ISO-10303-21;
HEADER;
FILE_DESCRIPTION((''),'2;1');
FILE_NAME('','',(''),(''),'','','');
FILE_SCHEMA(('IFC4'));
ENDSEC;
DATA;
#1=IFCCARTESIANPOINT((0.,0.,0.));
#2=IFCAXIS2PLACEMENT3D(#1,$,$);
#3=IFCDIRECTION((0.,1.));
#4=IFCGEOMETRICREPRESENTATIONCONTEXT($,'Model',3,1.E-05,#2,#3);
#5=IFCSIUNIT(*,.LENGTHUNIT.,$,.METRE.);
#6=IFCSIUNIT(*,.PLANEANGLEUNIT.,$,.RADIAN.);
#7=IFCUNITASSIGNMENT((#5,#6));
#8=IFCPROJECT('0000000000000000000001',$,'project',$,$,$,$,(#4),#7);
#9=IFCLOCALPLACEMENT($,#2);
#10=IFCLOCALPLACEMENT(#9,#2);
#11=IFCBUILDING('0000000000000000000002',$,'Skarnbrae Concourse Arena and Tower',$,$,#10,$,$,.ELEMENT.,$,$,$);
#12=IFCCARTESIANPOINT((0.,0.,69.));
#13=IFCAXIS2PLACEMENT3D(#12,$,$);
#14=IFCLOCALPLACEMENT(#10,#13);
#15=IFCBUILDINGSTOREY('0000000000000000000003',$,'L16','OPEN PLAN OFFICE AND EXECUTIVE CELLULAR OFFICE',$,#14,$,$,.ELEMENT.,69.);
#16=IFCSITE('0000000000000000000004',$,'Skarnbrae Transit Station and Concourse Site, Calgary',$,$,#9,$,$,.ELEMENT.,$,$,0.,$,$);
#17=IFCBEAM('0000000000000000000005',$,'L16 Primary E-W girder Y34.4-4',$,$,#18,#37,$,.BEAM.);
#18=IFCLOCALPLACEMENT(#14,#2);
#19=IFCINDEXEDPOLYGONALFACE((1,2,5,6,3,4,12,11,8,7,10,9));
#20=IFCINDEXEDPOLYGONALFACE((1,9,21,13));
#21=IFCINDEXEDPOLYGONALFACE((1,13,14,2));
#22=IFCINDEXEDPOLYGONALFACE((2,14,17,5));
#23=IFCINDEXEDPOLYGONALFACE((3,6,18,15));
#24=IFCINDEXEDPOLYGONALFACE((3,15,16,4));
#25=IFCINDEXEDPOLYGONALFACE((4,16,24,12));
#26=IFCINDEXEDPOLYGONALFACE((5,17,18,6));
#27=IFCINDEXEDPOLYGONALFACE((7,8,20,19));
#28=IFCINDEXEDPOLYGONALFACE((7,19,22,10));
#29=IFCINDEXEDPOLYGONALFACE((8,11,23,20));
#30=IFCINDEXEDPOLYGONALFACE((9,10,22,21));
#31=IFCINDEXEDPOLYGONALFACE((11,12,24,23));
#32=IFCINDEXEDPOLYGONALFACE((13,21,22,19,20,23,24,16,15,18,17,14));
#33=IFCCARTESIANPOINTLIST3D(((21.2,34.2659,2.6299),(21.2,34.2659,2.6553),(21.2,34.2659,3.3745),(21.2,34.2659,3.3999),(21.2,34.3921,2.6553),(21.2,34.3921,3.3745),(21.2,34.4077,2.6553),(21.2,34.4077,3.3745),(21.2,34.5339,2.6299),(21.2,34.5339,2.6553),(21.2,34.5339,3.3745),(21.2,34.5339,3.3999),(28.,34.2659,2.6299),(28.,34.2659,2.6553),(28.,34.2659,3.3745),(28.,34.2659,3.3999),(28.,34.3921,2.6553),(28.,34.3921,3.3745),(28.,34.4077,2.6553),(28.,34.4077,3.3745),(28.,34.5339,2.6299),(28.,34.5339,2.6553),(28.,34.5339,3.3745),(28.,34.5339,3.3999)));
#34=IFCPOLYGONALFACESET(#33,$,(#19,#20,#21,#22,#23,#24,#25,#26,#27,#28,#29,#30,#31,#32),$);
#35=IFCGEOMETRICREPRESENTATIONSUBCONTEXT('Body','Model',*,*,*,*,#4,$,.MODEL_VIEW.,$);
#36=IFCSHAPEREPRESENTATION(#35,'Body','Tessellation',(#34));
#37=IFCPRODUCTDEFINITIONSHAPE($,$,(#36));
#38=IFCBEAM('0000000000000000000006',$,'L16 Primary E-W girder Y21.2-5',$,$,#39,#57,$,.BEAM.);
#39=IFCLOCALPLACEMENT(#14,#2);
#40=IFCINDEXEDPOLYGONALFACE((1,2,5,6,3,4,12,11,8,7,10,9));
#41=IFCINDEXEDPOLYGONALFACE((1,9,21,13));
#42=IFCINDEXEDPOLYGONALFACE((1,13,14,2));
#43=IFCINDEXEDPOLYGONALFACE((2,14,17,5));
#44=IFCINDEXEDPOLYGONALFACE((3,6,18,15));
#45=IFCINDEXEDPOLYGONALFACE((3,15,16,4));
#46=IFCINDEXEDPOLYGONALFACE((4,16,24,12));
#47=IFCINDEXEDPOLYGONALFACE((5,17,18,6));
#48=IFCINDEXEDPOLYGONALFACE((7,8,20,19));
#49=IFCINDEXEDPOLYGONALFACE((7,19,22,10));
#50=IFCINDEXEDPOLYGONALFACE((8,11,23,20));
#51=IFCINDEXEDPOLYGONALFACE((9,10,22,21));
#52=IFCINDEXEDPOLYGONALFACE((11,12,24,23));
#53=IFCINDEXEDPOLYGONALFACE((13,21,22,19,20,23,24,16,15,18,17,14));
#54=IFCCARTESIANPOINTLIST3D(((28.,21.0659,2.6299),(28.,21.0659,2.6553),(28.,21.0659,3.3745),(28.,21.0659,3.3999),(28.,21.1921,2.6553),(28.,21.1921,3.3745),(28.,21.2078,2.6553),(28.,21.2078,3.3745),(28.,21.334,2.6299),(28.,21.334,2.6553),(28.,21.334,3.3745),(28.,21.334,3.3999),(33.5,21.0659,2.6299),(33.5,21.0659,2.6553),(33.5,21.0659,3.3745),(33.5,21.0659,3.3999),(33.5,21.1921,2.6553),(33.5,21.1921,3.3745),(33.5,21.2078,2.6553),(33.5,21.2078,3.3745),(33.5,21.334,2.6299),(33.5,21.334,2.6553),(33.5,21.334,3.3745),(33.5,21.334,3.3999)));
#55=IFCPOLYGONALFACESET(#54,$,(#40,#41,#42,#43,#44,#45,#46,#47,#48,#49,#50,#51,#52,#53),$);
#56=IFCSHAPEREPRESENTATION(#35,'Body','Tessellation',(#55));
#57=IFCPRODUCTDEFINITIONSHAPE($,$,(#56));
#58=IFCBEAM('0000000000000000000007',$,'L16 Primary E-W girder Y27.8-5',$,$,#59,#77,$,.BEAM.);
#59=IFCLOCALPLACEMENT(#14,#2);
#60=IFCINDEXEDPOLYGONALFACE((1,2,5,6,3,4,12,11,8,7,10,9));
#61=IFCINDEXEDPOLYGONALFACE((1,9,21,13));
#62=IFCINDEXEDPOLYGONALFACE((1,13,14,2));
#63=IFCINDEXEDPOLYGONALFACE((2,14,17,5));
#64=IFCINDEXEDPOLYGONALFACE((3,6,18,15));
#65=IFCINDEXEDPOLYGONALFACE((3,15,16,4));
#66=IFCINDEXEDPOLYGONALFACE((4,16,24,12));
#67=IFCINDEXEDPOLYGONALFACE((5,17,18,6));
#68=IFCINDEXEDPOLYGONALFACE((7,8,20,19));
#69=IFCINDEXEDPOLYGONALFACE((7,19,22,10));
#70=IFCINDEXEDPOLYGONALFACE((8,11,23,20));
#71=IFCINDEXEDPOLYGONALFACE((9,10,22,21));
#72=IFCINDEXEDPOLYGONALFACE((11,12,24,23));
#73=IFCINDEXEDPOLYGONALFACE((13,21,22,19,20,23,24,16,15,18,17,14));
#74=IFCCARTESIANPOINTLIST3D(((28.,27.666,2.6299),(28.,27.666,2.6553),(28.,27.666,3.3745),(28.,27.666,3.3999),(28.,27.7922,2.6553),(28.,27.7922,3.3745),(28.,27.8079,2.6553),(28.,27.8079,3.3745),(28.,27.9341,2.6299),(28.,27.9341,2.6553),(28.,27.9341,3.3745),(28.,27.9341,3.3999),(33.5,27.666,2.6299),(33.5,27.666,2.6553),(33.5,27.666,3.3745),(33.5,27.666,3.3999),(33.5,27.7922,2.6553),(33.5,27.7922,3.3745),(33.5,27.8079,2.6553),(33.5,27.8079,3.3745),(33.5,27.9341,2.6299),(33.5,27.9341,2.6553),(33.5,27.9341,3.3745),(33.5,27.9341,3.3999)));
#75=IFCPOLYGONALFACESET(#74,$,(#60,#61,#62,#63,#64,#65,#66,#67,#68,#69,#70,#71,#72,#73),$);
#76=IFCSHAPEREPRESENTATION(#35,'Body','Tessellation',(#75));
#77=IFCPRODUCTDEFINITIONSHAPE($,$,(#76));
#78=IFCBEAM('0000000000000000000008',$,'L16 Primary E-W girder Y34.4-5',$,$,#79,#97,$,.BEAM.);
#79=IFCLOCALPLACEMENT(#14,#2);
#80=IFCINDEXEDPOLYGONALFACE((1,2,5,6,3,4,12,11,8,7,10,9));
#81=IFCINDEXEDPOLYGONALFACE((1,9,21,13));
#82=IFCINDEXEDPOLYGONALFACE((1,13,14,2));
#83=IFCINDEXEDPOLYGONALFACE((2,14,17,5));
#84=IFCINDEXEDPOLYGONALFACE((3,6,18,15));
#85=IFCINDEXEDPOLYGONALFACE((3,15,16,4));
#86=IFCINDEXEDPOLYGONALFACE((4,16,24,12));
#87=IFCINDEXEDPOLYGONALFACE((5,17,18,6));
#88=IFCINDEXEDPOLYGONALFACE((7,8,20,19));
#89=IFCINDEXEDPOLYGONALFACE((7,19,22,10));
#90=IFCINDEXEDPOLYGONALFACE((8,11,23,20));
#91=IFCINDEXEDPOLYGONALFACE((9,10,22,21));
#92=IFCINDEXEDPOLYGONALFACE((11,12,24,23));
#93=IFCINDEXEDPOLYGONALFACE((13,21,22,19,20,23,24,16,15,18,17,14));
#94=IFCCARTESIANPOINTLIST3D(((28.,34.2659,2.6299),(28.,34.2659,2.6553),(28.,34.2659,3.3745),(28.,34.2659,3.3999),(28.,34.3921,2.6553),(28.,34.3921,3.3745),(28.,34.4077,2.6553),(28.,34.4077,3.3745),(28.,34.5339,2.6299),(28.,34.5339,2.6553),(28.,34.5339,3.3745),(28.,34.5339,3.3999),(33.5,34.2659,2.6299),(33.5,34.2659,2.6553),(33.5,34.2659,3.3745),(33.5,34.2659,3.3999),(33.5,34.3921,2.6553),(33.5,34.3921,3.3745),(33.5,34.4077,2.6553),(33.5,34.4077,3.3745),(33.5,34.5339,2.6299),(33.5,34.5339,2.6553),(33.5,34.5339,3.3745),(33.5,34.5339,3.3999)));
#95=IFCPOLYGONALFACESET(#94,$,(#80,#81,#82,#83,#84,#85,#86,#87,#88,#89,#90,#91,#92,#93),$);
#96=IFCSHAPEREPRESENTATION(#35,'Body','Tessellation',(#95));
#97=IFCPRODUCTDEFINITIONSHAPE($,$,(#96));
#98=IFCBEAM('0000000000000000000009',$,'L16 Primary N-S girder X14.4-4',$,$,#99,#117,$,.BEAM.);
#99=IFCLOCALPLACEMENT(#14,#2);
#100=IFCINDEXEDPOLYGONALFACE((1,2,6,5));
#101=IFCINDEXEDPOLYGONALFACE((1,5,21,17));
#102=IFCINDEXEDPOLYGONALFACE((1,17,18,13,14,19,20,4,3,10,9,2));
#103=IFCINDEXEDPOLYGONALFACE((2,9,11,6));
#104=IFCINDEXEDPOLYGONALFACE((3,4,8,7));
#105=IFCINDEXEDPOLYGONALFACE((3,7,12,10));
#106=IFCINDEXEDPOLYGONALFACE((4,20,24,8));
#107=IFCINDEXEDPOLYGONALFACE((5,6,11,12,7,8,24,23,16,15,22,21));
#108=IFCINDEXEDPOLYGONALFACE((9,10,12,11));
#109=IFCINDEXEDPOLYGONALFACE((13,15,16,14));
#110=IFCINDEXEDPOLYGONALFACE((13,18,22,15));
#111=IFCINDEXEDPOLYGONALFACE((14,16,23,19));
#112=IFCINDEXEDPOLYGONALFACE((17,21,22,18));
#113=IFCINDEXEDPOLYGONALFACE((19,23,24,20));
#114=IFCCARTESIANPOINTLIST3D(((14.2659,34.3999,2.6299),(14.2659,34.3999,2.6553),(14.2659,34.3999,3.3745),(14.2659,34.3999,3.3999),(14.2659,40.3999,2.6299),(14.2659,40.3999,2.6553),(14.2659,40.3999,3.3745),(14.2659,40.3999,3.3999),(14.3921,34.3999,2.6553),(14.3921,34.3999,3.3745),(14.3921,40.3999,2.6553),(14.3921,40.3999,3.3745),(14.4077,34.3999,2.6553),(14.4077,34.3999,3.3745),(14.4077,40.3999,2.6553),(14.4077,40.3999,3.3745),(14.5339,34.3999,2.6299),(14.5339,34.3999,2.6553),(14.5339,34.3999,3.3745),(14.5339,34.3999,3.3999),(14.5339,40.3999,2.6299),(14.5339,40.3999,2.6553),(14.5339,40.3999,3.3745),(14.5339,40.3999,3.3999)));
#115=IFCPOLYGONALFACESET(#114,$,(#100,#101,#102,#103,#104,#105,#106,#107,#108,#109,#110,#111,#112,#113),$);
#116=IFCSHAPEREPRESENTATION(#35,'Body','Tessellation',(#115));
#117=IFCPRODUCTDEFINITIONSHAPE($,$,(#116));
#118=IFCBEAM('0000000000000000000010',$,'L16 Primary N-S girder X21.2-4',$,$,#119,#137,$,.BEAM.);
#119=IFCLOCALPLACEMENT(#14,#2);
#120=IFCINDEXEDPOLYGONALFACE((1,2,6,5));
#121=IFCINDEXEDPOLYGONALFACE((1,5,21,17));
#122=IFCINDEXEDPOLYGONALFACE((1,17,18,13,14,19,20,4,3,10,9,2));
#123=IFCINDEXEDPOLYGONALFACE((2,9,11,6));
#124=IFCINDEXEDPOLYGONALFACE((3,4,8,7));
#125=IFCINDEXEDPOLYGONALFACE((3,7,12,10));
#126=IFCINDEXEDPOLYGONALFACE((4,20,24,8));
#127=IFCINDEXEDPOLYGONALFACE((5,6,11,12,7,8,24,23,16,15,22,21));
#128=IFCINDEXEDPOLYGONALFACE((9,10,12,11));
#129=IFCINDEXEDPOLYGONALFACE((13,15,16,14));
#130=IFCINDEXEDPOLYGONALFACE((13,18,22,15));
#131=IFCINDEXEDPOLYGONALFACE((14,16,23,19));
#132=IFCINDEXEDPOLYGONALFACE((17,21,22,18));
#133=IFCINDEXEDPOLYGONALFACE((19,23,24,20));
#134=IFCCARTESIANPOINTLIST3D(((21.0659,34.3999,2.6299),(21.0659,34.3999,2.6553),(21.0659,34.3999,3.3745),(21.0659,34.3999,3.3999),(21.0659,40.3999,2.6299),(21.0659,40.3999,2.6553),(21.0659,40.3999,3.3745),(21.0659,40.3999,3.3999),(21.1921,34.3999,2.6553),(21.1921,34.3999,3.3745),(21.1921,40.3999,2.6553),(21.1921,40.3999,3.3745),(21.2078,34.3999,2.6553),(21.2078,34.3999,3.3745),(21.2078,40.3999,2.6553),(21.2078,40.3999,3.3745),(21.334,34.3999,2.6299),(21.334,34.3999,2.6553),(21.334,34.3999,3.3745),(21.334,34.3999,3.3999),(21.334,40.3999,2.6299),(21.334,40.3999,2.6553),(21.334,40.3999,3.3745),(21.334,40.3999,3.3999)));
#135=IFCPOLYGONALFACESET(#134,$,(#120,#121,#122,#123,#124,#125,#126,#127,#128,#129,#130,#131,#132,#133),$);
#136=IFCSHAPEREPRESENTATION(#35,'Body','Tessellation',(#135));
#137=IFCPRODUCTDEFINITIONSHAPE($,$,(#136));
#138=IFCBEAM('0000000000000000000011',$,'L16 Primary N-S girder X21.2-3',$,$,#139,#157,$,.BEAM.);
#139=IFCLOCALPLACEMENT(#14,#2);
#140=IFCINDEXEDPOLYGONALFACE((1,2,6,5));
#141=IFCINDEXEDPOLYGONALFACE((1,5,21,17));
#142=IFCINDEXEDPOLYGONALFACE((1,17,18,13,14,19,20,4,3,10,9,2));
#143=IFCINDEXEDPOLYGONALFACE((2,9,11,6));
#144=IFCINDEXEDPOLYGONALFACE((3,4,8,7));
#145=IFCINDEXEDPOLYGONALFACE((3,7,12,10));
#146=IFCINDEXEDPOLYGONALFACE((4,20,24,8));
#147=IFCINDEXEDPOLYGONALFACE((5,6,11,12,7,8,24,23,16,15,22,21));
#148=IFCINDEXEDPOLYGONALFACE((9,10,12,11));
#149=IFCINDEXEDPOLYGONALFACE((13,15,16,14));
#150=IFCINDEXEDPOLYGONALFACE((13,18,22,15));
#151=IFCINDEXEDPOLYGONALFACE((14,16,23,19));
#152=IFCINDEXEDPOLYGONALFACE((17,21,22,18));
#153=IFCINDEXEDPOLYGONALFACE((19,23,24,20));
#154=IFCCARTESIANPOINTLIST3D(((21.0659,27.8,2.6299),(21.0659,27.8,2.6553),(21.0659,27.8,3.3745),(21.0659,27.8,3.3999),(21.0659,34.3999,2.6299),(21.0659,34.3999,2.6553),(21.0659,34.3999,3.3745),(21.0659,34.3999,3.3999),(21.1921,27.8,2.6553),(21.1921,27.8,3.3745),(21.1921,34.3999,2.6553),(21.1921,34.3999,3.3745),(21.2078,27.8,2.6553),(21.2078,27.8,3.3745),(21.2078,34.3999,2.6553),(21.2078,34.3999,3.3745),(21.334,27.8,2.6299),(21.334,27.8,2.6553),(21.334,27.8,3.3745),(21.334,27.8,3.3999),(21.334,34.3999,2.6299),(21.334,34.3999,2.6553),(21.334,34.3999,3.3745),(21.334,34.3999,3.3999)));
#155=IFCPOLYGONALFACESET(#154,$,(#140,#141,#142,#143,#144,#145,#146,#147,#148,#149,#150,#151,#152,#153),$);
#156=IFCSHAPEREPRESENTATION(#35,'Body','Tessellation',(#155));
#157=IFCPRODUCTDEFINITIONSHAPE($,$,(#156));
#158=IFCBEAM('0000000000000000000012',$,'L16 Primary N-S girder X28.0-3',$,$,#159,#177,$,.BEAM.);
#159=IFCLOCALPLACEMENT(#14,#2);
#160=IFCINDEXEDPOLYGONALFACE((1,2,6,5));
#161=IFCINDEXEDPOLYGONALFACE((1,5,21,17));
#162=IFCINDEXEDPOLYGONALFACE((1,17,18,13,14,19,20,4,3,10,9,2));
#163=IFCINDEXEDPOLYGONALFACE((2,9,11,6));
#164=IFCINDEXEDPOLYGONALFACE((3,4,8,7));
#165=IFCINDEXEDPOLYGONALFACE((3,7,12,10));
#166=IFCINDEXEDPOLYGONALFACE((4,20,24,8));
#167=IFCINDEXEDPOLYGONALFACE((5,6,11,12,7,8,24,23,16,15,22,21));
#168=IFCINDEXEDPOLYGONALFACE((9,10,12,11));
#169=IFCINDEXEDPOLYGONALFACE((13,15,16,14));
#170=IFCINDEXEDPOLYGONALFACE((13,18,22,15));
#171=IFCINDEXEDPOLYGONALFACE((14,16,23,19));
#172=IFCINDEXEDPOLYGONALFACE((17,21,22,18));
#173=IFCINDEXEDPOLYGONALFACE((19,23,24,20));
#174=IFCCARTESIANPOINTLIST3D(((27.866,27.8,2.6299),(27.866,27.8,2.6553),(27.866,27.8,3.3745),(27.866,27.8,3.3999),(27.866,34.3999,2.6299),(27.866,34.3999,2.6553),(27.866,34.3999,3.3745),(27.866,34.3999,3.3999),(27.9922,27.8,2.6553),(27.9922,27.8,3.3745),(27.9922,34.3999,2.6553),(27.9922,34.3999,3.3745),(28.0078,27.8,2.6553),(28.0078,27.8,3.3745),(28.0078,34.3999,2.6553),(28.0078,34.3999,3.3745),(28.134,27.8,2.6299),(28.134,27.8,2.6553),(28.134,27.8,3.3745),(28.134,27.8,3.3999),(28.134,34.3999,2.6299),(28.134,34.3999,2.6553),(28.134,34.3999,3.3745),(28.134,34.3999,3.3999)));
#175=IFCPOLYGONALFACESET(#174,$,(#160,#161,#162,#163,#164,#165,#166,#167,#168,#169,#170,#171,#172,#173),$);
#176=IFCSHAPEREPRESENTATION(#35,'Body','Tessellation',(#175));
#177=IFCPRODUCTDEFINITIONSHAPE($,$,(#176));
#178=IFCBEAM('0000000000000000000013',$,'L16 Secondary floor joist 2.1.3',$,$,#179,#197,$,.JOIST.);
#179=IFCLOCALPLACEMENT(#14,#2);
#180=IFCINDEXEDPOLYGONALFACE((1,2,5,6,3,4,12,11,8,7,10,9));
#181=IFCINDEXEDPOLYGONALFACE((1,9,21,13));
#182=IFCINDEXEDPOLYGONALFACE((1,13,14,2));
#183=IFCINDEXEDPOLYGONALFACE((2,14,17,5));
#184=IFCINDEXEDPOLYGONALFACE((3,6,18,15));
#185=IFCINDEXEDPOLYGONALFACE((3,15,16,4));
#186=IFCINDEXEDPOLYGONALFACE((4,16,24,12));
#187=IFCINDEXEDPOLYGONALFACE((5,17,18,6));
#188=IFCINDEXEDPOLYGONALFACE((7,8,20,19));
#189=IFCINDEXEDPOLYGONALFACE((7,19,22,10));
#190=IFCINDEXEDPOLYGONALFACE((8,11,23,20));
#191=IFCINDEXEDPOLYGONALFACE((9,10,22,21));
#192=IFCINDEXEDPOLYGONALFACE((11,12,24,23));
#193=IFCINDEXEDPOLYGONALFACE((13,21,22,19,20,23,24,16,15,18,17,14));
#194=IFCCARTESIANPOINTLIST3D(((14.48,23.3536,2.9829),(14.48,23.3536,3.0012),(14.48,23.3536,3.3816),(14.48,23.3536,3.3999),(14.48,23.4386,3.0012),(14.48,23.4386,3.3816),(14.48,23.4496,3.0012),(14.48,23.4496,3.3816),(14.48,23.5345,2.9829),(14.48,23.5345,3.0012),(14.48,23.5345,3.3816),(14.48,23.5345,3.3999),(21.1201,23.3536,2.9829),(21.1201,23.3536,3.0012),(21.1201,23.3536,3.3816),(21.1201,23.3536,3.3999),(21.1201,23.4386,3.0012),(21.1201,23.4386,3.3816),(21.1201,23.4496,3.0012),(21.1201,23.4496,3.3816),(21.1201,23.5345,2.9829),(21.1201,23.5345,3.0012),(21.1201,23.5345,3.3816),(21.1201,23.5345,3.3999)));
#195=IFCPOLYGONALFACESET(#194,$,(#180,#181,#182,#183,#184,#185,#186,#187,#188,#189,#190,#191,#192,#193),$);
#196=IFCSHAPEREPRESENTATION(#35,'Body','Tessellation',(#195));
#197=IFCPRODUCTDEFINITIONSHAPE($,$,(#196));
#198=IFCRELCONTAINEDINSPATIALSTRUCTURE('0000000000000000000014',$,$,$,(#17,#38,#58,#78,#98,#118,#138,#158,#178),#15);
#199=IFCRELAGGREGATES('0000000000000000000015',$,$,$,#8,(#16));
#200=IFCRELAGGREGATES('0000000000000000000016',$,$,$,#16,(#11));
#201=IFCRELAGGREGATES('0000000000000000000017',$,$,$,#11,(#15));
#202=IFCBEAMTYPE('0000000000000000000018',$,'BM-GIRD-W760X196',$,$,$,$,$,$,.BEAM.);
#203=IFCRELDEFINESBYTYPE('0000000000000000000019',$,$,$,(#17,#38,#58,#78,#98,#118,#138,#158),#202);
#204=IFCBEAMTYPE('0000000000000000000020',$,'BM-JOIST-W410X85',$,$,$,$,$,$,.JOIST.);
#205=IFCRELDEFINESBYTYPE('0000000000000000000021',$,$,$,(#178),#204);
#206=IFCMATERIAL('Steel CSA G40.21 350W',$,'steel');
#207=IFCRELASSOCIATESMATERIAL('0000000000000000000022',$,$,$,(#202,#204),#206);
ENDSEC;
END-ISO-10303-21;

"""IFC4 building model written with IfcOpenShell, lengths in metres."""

from ifc_helpers import new_model, si_unit, direction, frame, origin, origin_2d, place, context, subcontext, project, spatial, i_section, extrude, source, transform, mapped, material, material_profile, profile_set, type_object, element, save


model = new_model("IFC4")

# Units and contexts
model_context = context("Model", 3, precision=1e-05, world=origin(), true_north=direction((0.0, 1.0)))
body_context = subcontext(model_context, "Body", "Model", "MODEL_VIEW")
ifc_project = project(units=[si_unit("LENGTHUNIT", "METRE"), si_unit("PLANEANGLEUNIT", "RADIAN")], contexts=[model_context])

# Site, building, storey
site_placement = place(None, origin())
site = spatial("IfcSite", under=ifc_project, at=site_placement, Name="Skarnbrae Transit Station and Concourse Site, Calgary", CompositionType="ELEMENT", RefElevation=0.0)
building_placement = place(site_placement, origin())
building = spatial("IfcBuilding", under=site, at=building_placement, Name="Skarnbrae Concourse Arena and Tower", CompositionType="ELEMENT")
storey_placement = place(building_placement, frame((0.0, 0.0, 69.0)))
storey = spatial("IfcBuildingStorey", under=building, at=storey_placement, Name="L16", Description="OPEN PLAN OFFICE AND EXECUTIVE CELLULAR OFFICE", CompositionType="ELEMENT", Elevation=69.0)

# Shared definitions
ifc_material_1 = material(Name="Steel CSA G40.21 350W", Category="steel")

# Beams
ifc_material_profile_1 = material_profile(ifc_material_1, i_section(OverallWidth=0.2681, OverallDepth=0.77, WebThickness=0.0156, FlangeThickness=0.0254, at=origin_2d()), Name="W760X196")
ifc_profile_set_1 = profile_set([ifc_material_profile_1], Name="Steel CSA G40.21 350W")
beam_type_1 = type_object("IfcBeamType", Name="BM-GIRD-W760X196", PredefinedType="BEAM", material=ifc_profile_set_1)
shared_shape_1 = source(origin(), body_context, "Body", "SweptSolid", [
    extrude(i_section(OverallWidth=0.2681, OverallDepth=0.77, WebThickness=0.0156, FlangeThickness=0.0254, at=origin_2d()), origin(), (0.0, 0.0, 1.0), 6.8),
])
for number, where, z_axis, x_axis, name in (
    (1, (21.2, 34.3999, 3.0149), (1.0, 0.0, 0.0), (0.0, 1.0, 0.0), "L16 Primary E-W girder Y34.4-4"),
):
    element("IfcBeam", number, at=place(storey_placement, frame(where, z_axis=z_axis, x_axis=x_axis)), inside=storey, type_object=beam_type_1, Name=name, PredefinedType="BEAM", context=body_context, shape_type="MappedRepresentation", body=[
        mapped(shared_shape_1, transform((0.0, 0.0, 0.0))),
    ])
shared_shape_2 = source(origin(), body_context, "Body", "SweptSolid", [
    extrude(i_section(OverallWidth=0.2681, OverallDepth=0.77, WebThickness=0.0156, FlangeThickness=0.0254, at=origin_2d()), origin(), (0.0, 0.0, 1.0), 5.5),
])
for number, where, z_axis, x_axis, name in (
    (2, (28.0, 21.2, 3.0149), (1.0, 0.0, 0.0), (0.0, 1.0, 0.0), "L16 Primary E-W girder Y21.2-5"),
    (3, (28.0, 27.8, 3.0149), (1.0, 0.0, 0.0), (0.0, 1.0, 0.0), "L16 Primary E-W girder Y27.8-5"),
    (4, (28.0, 34.3999, 3.0149), (1.0, 0.0, 0.0), (0.0, 1.0, 0.0), "L16 Primary E-W girder Y34.4-5"),
):
    element("IfcBeam", number, at=place(storey_placement, frame(where, z_axis=z_axis, x_axis=x_axis)), inside=storey, type_object=beam_type_1, Name=name, PredefinedType="BEAM", context=body_context, shape_type="MappedRepresentation", body=[
        mapped(shared_shape_2, transform((0.0, 0.0, 0.0))),
    ])
shared_shape_3 = source(origin(), body_context, "Body", "SweptSolid", [
    extrude(i_section(OverallWidth=0.2681, OverallDepth=0.77, WebThickness=0.0156, FlangeThickness=0.0254, at=origin_2d()), origin(), (0.0, 0.0, 1.0), 6.0),
])
for number, where, z_axis, x_axis, name in (
    (5, (14.3999, 34.3999, 3.0149), (0.0, 1.0, 0.0), (-1.0, 0.0, 0.0), "L16 Primary N-S girder X14.4-4"),
    (6, (21.2, 34.3999, 3.0149), (0.0, 1.0, 0.0), (-1.0, 0.0, 0.0), "L16 Primary N-S girder X21.2-4"),
):
    element("IfcBeam", number, at=place(storey_placement, frame(where, z_axis=z_axis, x_axis=x_axis)), inside=storey, type_object=beam_type_1, Name=name, PredefinedType="BEAM", context=body_context, shape_type="MappedRepresentation", body=[
        mapped(shared_shape_3, transform((0.0, 0.0, 0.0))),
    ])
shared_shape_4 = source(origin(), body_context, "Body", "SweptSolid", [
    extrude(i_section(OverallWidth=0.2681, OverallDepth=0.77, WebThickness=0.0156, FlangeThickness=0.0254, at=origin_2d()), origin(), (0.0, 0.0, 1.0), 6.5999),
])
for number, where, z_axis, x_axis, name in (
    (7, (21.2, 27.8, 3.0149), (0.0, 1.0, 0.0), (-1.0, 0.0, 0.0), "L16 Primary N-S girder X21.2-3"),
    (8, (28.0, 27.8, 3.0149), (0.0, 1.0, 0.0), (-1.0, 0.0, 0.0), "L16 Primary N-S girder X28.0-3"),
):
    element("IfcBeam", number, at=place(storey_placement, frame(where, z_axis=z_axis, x_axis=x_axis)), inside=storey, type_object=beam_type_1, Name=name, PredefinedType="BEAM", context=body_context, shape_type="MappedRepresentation", body=[
        mapped(shared_shape_4, transform((0.0, 0.0, 0.0))),
    ])
ifc_material_profile_2 = material_profile(ifc_material_1, i_section(OverallWidth=0.1809, OverallDepth=0.417, WebThickness=0.011, FlangeThickness=0.0183, at=origin_2d()), Name="W410X85")
ifc_profile_set_2 = profile_set([ifc_material_profile_2], Name="Steel CSA G40.21 350W")
beam_type_2 = type_object("IfcBeamType", Name="BM-JOIST-W410X85", PredefinedType="JOIST", material=ifc_profile_set_2)
shared_shape_5 = source(origin(), body_context, "Body", "SweptSolid", [
    extrude(i_section(OverallWidth=0.1809, OverallDepth=0.417, WebThickness=0.011, FlangeThickness=0.0183, at=origin_2d()), origin(), (0.0, 0.0, 1.0), 6.6401),
])
for number, where, z_axis, x_axis, name in (
    (9, (14.48, 23.4441, 3.1914), (1.0, 0.0, 0.0), (0.0, 1.0, 0.0), "L16 Secondary floor joist 2.1.3"),
):
    element("IfcBeam", number, at=place(storey_placement, frame(where, z_axis=z_axis, x_axis=x_axis)), inside=storey, type_object=beam_type_2, Name=name, PredefinedType="JOIST", context=body_context, shape_type="MappedRepresentation", body=[
        mapped(shared_shape_5, transform((0.0, 0.0, 0.0))),
    ])

save(model, "model.ifc")
